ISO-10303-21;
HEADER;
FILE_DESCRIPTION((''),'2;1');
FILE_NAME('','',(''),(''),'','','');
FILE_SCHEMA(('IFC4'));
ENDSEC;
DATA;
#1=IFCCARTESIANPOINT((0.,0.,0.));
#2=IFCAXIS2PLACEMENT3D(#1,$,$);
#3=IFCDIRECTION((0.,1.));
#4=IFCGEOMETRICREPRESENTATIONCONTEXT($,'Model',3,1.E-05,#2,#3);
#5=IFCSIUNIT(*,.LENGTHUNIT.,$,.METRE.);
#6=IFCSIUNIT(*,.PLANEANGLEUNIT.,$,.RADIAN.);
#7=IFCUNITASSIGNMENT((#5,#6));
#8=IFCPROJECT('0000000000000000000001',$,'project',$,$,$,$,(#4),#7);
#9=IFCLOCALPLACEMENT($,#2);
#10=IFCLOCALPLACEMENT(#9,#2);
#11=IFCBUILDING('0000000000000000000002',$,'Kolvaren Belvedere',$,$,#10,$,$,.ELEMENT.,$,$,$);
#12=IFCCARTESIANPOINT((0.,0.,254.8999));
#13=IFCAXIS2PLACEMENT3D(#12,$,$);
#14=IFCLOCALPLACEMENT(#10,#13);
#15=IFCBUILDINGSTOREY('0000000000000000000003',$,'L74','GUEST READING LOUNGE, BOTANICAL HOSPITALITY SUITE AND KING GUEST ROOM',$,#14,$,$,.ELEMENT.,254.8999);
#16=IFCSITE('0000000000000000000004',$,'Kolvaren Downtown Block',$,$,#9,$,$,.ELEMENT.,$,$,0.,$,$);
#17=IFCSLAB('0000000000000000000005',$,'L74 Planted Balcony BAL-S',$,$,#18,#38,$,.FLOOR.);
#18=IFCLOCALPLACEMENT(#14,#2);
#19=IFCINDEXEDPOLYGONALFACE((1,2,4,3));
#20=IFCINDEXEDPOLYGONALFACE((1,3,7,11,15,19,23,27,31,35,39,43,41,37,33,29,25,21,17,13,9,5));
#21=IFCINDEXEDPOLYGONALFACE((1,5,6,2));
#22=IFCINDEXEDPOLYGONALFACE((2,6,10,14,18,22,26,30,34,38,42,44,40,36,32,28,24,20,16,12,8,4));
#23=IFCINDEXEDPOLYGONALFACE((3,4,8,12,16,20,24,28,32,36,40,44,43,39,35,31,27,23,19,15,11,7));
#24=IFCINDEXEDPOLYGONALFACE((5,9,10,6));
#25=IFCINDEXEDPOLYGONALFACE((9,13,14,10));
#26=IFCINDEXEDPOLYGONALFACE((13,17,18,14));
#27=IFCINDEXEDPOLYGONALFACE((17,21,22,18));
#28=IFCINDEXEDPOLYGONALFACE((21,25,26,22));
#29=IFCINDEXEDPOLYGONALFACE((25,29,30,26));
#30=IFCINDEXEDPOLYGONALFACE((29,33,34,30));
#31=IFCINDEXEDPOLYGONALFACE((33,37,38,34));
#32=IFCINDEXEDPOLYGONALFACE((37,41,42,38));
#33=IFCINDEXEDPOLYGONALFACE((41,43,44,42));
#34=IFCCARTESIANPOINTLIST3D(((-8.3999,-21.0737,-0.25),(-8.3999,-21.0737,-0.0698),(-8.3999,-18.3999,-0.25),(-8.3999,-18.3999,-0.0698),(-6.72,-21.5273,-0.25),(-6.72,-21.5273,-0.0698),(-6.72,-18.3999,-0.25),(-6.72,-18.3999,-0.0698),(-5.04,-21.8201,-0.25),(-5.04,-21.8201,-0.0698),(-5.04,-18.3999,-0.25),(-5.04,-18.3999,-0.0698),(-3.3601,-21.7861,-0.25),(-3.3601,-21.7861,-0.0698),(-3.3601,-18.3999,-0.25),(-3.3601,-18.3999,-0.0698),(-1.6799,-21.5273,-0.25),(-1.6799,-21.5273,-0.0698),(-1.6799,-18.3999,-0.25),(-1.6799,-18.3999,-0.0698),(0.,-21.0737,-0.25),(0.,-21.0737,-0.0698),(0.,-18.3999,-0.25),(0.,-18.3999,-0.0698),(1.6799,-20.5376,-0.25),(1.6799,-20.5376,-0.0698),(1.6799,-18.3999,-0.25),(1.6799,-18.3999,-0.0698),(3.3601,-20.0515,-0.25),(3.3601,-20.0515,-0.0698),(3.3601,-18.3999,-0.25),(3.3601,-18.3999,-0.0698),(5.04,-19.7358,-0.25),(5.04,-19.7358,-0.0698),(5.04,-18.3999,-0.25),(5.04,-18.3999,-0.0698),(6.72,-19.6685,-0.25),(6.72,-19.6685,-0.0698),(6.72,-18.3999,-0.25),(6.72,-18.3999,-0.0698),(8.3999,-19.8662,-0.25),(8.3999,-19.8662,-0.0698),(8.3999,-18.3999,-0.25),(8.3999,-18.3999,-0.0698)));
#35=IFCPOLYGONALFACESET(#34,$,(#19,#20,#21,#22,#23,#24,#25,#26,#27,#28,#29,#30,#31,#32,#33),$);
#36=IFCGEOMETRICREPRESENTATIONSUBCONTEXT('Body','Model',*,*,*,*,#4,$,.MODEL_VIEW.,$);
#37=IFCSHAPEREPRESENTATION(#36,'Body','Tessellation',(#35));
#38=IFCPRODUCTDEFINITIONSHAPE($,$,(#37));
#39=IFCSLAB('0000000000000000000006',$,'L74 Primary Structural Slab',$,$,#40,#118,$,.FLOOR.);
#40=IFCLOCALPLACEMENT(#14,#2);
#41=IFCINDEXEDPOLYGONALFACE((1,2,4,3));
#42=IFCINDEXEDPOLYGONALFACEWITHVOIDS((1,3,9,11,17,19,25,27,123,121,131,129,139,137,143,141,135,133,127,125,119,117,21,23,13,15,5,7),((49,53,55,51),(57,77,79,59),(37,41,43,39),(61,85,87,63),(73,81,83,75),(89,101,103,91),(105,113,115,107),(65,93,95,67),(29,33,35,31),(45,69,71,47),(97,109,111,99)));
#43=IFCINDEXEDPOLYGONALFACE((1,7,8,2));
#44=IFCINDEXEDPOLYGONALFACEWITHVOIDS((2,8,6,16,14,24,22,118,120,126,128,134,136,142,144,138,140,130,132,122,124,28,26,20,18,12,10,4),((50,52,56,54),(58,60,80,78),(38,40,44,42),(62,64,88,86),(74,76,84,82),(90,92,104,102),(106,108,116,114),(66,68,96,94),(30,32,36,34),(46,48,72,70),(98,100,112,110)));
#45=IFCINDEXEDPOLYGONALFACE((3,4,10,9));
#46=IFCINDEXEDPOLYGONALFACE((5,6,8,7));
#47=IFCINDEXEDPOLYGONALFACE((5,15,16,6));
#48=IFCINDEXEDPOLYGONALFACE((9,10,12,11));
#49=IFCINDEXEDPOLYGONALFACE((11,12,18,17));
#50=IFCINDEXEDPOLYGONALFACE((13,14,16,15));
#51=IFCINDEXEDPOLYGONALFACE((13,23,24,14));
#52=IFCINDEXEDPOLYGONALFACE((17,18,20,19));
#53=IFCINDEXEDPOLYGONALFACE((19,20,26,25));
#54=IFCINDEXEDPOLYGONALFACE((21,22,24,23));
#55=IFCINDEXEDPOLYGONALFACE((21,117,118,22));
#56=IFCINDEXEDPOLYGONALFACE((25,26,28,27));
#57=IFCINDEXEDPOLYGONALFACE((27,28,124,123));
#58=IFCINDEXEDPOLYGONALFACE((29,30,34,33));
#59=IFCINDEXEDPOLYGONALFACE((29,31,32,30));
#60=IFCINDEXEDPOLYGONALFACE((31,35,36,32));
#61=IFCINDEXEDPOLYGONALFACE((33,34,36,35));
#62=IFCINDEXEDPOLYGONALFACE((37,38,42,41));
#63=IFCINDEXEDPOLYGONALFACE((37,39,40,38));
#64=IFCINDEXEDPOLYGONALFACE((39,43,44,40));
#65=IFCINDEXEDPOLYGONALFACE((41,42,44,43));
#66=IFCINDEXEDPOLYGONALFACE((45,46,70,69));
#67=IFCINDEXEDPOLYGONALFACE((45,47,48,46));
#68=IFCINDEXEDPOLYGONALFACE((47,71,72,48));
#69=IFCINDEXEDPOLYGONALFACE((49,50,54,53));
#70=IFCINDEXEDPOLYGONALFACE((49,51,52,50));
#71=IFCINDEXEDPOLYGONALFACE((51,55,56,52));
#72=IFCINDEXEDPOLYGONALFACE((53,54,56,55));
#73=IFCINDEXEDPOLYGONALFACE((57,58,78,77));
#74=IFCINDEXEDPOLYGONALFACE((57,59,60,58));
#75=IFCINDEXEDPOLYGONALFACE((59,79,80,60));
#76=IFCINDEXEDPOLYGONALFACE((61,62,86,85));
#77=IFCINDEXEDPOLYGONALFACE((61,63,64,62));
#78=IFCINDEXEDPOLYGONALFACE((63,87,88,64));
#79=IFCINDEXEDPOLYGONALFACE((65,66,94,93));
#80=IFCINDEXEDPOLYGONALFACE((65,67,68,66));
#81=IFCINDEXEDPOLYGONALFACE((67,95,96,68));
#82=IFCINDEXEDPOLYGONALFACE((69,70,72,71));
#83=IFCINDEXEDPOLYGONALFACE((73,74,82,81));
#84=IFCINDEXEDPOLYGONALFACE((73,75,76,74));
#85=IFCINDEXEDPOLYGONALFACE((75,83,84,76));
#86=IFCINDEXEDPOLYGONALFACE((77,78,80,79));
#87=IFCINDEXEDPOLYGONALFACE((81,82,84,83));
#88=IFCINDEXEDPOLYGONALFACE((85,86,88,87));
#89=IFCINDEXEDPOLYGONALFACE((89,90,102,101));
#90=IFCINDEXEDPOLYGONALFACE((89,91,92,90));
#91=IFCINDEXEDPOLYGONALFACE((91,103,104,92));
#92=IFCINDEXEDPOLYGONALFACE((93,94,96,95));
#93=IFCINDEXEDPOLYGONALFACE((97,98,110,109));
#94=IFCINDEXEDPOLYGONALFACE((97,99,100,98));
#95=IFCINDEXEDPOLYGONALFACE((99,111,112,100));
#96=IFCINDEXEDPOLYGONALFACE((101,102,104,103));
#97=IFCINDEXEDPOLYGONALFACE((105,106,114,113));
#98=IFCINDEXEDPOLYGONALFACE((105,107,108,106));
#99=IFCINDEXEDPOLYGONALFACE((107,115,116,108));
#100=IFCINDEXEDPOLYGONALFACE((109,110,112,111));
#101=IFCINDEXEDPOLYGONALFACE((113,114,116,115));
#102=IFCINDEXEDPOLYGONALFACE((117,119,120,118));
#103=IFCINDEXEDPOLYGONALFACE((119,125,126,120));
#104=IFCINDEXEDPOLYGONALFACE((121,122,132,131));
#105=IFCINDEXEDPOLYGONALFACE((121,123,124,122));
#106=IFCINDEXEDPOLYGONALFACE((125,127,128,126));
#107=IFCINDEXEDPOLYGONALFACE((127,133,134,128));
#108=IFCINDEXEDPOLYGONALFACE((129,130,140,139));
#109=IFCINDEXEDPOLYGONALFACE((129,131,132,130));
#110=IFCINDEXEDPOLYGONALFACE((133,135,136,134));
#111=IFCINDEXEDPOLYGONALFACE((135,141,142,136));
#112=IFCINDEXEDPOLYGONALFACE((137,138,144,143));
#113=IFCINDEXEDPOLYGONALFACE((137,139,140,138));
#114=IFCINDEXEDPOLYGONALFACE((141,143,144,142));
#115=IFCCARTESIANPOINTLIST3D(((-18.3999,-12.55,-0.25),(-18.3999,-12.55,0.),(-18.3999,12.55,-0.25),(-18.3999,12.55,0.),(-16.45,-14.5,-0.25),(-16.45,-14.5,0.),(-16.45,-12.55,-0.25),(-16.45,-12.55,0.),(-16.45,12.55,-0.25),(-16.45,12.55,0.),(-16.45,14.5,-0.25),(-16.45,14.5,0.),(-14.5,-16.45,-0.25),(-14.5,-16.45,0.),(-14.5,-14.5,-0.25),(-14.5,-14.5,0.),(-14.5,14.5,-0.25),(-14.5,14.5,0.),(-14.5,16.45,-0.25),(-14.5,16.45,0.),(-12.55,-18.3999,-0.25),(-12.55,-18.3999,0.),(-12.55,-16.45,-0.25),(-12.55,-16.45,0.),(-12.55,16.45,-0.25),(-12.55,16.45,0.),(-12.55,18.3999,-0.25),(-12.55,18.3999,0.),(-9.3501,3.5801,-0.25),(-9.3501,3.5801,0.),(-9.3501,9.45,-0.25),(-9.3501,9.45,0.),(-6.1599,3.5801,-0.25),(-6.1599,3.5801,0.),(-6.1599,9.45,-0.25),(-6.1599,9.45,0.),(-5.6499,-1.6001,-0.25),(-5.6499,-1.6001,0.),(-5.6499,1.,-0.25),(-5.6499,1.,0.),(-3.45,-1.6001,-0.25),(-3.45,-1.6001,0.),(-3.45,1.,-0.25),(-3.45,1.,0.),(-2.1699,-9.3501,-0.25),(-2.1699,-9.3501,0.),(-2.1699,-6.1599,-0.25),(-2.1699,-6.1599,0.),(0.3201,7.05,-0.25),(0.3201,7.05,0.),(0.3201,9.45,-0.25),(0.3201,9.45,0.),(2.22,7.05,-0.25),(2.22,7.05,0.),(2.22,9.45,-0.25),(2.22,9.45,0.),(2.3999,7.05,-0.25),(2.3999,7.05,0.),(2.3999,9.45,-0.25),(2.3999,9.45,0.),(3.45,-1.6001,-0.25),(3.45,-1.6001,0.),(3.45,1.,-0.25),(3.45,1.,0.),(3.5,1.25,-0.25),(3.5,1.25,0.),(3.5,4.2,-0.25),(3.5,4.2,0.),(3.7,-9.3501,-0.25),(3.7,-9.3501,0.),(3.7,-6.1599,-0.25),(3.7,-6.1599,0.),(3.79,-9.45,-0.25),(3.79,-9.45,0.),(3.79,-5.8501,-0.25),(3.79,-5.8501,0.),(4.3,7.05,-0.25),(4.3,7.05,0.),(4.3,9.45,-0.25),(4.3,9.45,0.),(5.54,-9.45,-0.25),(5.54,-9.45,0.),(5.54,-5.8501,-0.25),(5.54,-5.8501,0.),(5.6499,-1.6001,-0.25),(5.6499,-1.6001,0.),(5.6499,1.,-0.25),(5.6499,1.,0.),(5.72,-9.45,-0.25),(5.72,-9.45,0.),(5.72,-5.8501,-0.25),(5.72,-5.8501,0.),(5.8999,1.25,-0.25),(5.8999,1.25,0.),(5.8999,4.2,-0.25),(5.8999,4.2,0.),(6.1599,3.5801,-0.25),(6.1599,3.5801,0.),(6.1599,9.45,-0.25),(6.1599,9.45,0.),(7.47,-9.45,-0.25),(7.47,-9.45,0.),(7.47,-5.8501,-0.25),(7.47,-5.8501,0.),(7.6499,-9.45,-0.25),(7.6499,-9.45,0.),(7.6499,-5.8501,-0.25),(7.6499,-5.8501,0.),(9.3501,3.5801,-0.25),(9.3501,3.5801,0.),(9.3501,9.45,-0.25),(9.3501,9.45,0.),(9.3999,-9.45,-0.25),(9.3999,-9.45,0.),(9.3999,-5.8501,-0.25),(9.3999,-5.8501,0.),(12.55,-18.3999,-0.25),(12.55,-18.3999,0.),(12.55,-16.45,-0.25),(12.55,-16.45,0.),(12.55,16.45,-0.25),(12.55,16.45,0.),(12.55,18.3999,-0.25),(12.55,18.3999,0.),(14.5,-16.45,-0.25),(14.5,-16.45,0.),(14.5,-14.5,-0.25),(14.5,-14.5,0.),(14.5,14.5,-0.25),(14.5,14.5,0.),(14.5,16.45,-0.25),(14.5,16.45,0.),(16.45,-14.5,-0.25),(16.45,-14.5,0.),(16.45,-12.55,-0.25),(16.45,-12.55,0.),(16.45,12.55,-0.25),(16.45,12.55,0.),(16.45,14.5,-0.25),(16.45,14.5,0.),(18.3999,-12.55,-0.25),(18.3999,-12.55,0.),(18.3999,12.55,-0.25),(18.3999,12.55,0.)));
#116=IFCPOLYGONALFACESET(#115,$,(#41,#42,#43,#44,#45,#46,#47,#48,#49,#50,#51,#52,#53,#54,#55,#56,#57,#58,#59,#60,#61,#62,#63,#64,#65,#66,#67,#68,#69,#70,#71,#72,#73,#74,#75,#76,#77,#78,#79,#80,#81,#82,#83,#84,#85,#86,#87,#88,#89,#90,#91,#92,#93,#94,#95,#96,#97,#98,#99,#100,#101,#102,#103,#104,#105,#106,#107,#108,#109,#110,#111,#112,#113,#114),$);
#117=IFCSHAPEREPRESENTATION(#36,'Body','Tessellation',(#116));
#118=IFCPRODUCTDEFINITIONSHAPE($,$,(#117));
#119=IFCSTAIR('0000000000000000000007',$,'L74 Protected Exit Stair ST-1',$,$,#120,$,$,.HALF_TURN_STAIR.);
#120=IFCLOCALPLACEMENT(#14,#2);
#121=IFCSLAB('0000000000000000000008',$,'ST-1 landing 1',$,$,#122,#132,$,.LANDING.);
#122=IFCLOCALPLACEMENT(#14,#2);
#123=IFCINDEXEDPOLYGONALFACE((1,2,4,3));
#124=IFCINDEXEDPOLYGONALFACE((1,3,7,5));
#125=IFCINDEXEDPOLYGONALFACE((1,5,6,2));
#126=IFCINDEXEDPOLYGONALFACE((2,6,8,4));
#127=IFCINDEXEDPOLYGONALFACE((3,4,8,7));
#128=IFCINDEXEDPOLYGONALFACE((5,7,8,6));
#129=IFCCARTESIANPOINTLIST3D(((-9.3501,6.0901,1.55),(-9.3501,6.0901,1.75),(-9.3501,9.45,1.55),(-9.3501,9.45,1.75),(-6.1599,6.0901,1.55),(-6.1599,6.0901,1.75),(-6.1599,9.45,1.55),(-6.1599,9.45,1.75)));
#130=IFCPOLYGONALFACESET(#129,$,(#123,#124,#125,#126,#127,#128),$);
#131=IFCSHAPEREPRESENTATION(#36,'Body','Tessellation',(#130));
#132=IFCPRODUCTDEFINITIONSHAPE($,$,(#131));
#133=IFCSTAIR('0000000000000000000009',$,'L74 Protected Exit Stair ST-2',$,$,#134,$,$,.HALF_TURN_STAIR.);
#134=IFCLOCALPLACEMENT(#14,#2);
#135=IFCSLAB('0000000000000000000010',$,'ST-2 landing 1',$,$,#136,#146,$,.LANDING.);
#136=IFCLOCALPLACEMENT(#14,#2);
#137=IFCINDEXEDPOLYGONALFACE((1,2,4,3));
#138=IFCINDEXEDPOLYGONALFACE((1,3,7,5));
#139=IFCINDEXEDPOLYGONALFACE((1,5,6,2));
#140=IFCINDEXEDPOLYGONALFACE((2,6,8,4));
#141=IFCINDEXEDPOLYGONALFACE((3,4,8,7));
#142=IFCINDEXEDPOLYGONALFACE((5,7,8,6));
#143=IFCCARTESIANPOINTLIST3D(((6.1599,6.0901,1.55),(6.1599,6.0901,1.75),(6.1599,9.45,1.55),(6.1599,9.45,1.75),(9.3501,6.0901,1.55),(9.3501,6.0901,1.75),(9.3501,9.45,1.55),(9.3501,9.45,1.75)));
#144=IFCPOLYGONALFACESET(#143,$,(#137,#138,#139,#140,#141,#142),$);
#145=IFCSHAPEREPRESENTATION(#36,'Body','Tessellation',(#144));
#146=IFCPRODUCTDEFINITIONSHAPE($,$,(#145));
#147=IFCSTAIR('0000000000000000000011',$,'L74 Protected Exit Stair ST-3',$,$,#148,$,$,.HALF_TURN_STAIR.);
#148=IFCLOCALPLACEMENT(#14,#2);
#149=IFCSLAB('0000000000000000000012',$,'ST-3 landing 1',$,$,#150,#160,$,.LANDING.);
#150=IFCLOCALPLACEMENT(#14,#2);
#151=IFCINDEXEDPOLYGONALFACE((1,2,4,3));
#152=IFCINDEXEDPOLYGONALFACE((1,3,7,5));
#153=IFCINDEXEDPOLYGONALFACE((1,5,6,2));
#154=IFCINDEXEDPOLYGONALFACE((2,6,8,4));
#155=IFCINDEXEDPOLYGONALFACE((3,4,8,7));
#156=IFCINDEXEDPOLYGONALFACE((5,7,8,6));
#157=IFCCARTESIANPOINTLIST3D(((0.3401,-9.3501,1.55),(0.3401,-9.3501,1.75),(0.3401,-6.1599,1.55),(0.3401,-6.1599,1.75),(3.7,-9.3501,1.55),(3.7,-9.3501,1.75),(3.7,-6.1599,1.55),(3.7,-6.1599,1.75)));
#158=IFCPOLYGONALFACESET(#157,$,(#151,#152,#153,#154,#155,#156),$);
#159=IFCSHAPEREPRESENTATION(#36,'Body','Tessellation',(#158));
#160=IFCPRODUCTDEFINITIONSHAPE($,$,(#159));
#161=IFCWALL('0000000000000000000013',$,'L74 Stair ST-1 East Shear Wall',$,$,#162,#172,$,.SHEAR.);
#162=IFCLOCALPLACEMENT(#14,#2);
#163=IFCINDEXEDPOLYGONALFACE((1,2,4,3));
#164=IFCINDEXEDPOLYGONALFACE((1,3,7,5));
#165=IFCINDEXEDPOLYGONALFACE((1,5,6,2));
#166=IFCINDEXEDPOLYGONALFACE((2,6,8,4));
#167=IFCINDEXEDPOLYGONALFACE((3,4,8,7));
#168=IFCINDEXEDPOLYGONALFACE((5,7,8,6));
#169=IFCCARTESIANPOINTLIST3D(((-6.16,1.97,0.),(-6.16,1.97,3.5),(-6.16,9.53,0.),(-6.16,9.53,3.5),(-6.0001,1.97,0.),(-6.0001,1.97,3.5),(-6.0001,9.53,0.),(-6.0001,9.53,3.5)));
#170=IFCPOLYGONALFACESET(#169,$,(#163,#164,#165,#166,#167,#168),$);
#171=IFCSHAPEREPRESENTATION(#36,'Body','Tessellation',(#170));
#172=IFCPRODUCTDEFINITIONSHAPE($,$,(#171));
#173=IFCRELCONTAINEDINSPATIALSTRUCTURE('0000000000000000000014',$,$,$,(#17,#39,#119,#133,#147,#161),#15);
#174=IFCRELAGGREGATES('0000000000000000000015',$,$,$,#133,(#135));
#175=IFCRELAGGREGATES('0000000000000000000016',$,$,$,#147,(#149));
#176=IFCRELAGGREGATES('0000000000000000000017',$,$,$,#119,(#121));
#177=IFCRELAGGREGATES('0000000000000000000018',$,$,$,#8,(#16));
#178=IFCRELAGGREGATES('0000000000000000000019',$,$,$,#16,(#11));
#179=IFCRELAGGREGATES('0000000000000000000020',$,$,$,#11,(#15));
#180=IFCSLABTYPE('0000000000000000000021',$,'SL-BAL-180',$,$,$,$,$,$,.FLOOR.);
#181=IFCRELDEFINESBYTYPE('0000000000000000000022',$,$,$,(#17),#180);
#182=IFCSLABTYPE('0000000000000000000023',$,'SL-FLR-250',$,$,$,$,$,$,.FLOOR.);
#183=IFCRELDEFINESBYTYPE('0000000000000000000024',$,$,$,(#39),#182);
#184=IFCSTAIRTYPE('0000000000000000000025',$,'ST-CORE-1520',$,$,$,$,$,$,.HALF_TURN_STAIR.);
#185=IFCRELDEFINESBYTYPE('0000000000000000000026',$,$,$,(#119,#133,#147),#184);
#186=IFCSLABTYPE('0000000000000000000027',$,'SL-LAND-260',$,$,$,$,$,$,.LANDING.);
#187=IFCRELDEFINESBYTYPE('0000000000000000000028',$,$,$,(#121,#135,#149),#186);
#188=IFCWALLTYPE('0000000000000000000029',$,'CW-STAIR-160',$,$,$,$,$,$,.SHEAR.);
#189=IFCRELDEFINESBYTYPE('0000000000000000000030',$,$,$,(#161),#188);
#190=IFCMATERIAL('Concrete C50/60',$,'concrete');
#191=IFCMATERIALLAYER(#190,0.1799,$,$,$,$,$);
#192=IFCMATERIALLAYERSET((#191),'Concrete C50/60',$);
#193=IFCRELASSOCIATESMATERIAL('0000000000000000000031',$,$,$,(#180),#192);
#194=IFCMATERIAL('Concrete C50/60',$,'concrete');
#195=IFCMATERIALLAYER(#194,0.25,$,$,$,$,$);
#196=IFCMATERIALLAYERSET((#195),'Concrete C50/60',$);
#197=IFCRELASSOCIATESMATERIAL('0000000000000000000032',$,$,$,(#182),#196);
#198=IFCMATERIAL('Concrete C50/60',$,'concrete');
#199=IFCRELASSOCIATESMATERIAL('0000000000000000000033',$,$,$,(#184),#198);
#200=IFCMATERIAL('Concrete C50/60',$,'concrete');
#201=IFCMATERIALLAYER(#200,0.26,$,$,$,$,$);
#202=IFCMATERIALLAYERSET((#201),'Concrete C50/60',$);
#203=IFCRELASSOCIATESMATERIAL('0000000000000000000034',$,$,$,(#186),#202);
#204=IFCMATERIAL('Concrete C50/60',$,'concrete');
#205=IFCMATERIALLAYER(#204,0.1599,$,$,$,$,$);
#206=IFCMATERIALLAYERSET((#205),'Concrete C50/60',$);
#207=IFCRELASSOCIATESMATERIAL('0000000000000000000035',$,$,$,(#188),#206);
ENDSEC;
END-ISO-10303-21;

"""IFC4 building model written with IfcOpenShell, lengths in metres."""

from ifc_helpers import new_model, si_unit, direction, frame, frame_2d, origin, place, context, subcontext, project, spatial, polyline, rectangle, outline, extrude, material, layer, layer_set, type_object, element, aggregate, save


model = new_model("IFC4")

# Units and contexts
model_context = context("Model", 3, precision=1e-05, world=origin(), true_north=direction((0.0, 1.0)))
body_context = subcontext(model_context, "Body", "Model", "MODEL_VIEW")
ifc_project = project(units=[si_unit("LENGTHUNIT", "METRE"), si_unit("PLANEANGLEUNIT", "RADIAN")], contexts=[model_context])

# Site, building, storey
site_placement = place(None, origin())
site = spatial("IfcSite", under=ifc_project, at=site_placement, Name="Kolvaren Downtown Block", CompositionType="ELEMENT", RefElevation=0.0)
building_placement = place(site_placement, origin())
building = spatial("IfcBuilding", under=site, at=building_placement, Name="Kolvaren Belvedere", CompositionType="ELEMENT")
storey_placement = place(building_placement, frame((0.0, 0.0, 254.8999)))
storey = spatial("IfcBuildingStorey", under=building, at=storey_placement, Name="L74", Description="GUEST READING LOUNGE, BOTANICAL HOSPITALITY SUITE AND KING GUEST ROOM", CompositionType="ELEMENT", Elevation=254.8999)

# Slabs
ifc_material_1 = material(Name="Concrete C50/60", Category="concrete")
ifc_layer_1 = layer(ifc_material_1, 0.1799)
ifc_layer_set_1 = layer_set([ifc_layer_1], Name="Concrete C50/60")
slab_type_1 = type_object("IfcSlabType", Name="SL-BAL-180", PredefinedType="FLOOR", material=ifc_layer_set_1)
slab_1_placement = place(storey_placement, frame((0.0, 0.0, -0.25)))
element("IfcSlab", 1, at=slab_1_placement, inside=storey, type_object=slab_type_1, Name="L74 Planted Balcony BAL-S", PredefinedType="FLOOR", context=body_context, shape_type="SweptSolid", body=[
    extrude(outline(polyline([(-8.3999, -21.0737), (-6.72, -21.5273), (-5.04, -21.8201), (-3.3601, -21.7861), (-1.6799, -21.5273), (0.0, -21.0737), (1.6799, -20.5376), (3.3601, -20.0515), (5.04, -19.7358), (6.72, -19.6685), (8.3999, -19.8662), (8.3999, -18.3999), (6.72, -18.3999), (5.04, -18.3999), (3.3601, -18.3999), (1.6799, -18.3999), (0.0, -18.3999), (-1.6799, -18.3999), (-3.3601, -18.3999), (-5.04, -18.3999), (-6.72, -18.3999), (-8.3999, -18.3999), (-8.3999, -21.0737)])), origin(), (0.0, 0.0, 1.0), 0.1802),
])
ifc_material_2 = material(Name="Concrete C50/60", Category="concrete")
ifc_layer_2 = layer(ifc_material_2, 0.25)
ifc_layer_set_2 = layer_set([ifc_layer_2], Name="Concrete C50/60")
slab_type_2 = type_object("IfcSlabType", Name="SL-FLR-250", PredefinedType="FLOOR", material=ifc_layer_set_2)
slab_2_placement = place(storey_placement, frame((0.0, 0.0, -0.25)))
element("IfcSlab", 2, at=slab_2_placement, inside=storey, type_object=slab_type_2, Name="L74 Primary Structural Slab", PredefinedType="FLOOR", context=body_context, shape_type="SweptSolid", body=[
    extrude(outline(polyline([(-12.55, -18.3999), (12.55, -18.3999), (12.55, -16.45), (14.5, -16.45), (14.5, -14.5), (16.45, -14.5), (16.45, -12.55), (18.3999, -12.55), (18.3999, 12.55), (16.45, 12.55), (16.45, 14.5), (14.5, 14.5), (14.5, 16.45), (12.55, 16.45), (12.55, 18.3999), (-12.55, 18.3999), (-12.55, 16.45), (-14.5, 16.45), (-14.5, 14.5), (-16.45, 14.5), (-16.45, 12.55), (-18.3999, 12.55), (-18.3999, -12.55), (-16.45, -12.55), (-16.45, -14.5), (-14.5, -14.5), (-14.5, -16.45), (-12.55, -16.45), (-12.55, -18.3999)]), holes=[polyline([(-9.3501, 3.5801), (-6.1599, 3.5801), (-6.1599, 9.45), (-9.3501, 9.45), (-9.3501, 3.5801)]), polyline([(6.1599, 3.5801), (9.3501, 3.5801), (9.3501, 9.45), (6.1599, 9.45), (6.1599, 3.5801)]), polyline([(-2.1699, -9.3501), (3.7, -9.3501), (3.7, -6.1599), (-2.1699, -6.1599), (-2.1699, -9.3501)]), polyline([(-5.6499, -1.6001), (-3.45, -1.6001), (-3.45, 1.0), (-5.6499, 1.0), (-5.6499, -1.6001)]), polyline([(3.5, 1.25), (5.8999, 1.25), (5.8999, 4.2), (3.5, 4.2), (3.5, 1.25)]), polyline([(3.45, -1.6001), (5.6499, -1.6001), (5.6499, 1.0), (3.45, 1.0), (3.45, -1.6001)]), polyline([(3.79, -9.45), (5.54, -9.45), (5.54, -5.8501), (3.79, -5.8501), (3.79, -9.45)]), polyline([(5.72, -9.45), (7.47, -9.45), (7.47, -5.8501), (5.72, -5.8501), (5.72, -9.45)]), polyline([(7.6499, -9.45), (9.3999, -9.45), (9.3999, -5.8501), (7.6499, -5.8501), (7.6499, -9.45)]), polyline([(0.3201, 7.05), (2.22, 7.05), (2.22, 9.45), (0.3201, 9.45), (0.3201, 7.05)]), polyline([(2.3999, 7.05), (4.3, 7.05), (4.3, 9.45), (2.3999, 9.45), (2.3999, 7.05)])]), origin(), (0.0, 0.0, 1.0), 0.25),
])

# Stairs, slabs
ifc_material_3 = material(Name="Concrete C50/60", Category="concrete")
stair_type = type_object("IfcStairType", Name="ST-CORE-1520", PredefinedType="HALF_TURN_STAIR", material=ifc_material_3)
stair_1_placement = place(storey_placement, origin())
stair_1 = element("IfcStair", 3, at=stair_1_placement, inside=storey, type_object=stair_type, Name="L74 Protected Exit Stair ST-1", PredefinedType="HALF_TURN_STAIR")
ifc_material_4 = material(Name="Concrete C50/60", Category="concrete")
ifc_layer_3 = layer(ifc_material_4, 0.26)
ifc_layer_set_3 = layer_set([ifc_layer_3], Name="Concrete C50/60")
slab_type_3 = type_object("IfcSlabType", Name="SL-LAND-260", PredefinedType="LANDING", material=ifc_layer_set_3)
slab_3_placement = place(storey_placement, frame((0.0, 0.0, 1.55)))
slab_3 = element("IfcSlab", 4, at=slab_3_placement, type_object=slab_type_3, Name="ST-1 landing 1", PredefinedType="LANDING", context=body_context, shape_type="SweptSolid", body=[
    extrude(outline(polyline([(-6.1599, 6.0901), (-6.1599, 9.45), (-9.3501, 9.45), (-9.3501, 6.0901), (-6.1599, 6.0901)])), origin(), (0.0, 0.0, 1.0), 0.2),
])
stair_2_placement = place(storey_placement, origin())
stair_2 = element("IfcStair", 5, at=stair_2_placement, inside=storey, type_object=stair_type, Name="L74 Protected Exit Stair ST-2", PredefinedType="HALF_TURN_STAIR")
slab_4_placement = place(storey_placement, frame((0.0, 0.0, 1.55)))
slab_4 = element("IfcSlab", 6, at=slab_4_placement, type_object=slab_type_3, Name="ST-2 landing 1", PredefinedType="LANDING", context=body_context, shape_type="SweptSolid", body=[
    extrude(outline(polyline([(9.3501, 6.0901), (9.3501, 9.45), (6.1599, 9.45), (6.1599, 6.0901), (9.3501, 6.0901)])), origin(), (0.0, 0.0, 1.0), 0.2),
])
aggregate(stair_2, [slab_4])
stair_3_placement = place(storey_placement, origin())
stair_3 = element("IfcStair", 7, at=stair_3_placement, inside=storey, type_object=stair_type, Name="L74 Protected Exit Stair ST-3", PredefinedType="HALF_TURN_STAIR")
slab_5_placement = place(storey_placement, frame((0.0, 0.0, 1.55)))
slab_5 = element("IfcSlab", 8, at=slab_5_placement, type_object=slab_type_3, Name="ST-3 landing 1", PredefinedType="LANDING", context=body_context, shape_type="SweptSolid", body=[
    extrude(outline(polyline([(0.3401, -9.3501), (3.7, -9.3501), (3.7, -6.1599), (0.3401, -6.1599), (0.3401, -9.3501)])), origin(), (0.0, 0.0, 1.0), 0.2),
])
aggregate(stair_3, [slab_5])

# Wall
ifc_material_5 = material(Name="Concrete C50/60", Category="concrete")
ifc_layer_4 = layer(ifc_material_5, 0.1599)
ifc_layer_set_4 = layer_set([ifc_layer_4], Name="Concrete C50/60")
wall_type_1 = type_object("IfcWallType", Name="CW-STAIR-160", PredefinedType="SHEAR", material=ifc_layer_set_4)
wall_1_placement = place(storey_placement, frame((-6.0801, 1.97, 0.0), z_axis=(0.0, 0.0, 1.0), x_axis=(0.0, 1.0, 0.0)))
element("IfcWall", 9, at=wall_1_placement, inside=storey, type_object=wall_type_1, Name="L74 Stair ST-1 East Shear Wall", PredefinedType="SHEAR", context=body_context, shape_type="SweptSolid", body=[
    extrude(rectangle(XDim=7.5601, YDim=0.1599, at=frame_2d((3.78, 0.0))), origin(), (0.0, 0.0, 1.0), 3.5),
])

aggregate(stair_1, [slab_3])

save(model, "model.ifc")
